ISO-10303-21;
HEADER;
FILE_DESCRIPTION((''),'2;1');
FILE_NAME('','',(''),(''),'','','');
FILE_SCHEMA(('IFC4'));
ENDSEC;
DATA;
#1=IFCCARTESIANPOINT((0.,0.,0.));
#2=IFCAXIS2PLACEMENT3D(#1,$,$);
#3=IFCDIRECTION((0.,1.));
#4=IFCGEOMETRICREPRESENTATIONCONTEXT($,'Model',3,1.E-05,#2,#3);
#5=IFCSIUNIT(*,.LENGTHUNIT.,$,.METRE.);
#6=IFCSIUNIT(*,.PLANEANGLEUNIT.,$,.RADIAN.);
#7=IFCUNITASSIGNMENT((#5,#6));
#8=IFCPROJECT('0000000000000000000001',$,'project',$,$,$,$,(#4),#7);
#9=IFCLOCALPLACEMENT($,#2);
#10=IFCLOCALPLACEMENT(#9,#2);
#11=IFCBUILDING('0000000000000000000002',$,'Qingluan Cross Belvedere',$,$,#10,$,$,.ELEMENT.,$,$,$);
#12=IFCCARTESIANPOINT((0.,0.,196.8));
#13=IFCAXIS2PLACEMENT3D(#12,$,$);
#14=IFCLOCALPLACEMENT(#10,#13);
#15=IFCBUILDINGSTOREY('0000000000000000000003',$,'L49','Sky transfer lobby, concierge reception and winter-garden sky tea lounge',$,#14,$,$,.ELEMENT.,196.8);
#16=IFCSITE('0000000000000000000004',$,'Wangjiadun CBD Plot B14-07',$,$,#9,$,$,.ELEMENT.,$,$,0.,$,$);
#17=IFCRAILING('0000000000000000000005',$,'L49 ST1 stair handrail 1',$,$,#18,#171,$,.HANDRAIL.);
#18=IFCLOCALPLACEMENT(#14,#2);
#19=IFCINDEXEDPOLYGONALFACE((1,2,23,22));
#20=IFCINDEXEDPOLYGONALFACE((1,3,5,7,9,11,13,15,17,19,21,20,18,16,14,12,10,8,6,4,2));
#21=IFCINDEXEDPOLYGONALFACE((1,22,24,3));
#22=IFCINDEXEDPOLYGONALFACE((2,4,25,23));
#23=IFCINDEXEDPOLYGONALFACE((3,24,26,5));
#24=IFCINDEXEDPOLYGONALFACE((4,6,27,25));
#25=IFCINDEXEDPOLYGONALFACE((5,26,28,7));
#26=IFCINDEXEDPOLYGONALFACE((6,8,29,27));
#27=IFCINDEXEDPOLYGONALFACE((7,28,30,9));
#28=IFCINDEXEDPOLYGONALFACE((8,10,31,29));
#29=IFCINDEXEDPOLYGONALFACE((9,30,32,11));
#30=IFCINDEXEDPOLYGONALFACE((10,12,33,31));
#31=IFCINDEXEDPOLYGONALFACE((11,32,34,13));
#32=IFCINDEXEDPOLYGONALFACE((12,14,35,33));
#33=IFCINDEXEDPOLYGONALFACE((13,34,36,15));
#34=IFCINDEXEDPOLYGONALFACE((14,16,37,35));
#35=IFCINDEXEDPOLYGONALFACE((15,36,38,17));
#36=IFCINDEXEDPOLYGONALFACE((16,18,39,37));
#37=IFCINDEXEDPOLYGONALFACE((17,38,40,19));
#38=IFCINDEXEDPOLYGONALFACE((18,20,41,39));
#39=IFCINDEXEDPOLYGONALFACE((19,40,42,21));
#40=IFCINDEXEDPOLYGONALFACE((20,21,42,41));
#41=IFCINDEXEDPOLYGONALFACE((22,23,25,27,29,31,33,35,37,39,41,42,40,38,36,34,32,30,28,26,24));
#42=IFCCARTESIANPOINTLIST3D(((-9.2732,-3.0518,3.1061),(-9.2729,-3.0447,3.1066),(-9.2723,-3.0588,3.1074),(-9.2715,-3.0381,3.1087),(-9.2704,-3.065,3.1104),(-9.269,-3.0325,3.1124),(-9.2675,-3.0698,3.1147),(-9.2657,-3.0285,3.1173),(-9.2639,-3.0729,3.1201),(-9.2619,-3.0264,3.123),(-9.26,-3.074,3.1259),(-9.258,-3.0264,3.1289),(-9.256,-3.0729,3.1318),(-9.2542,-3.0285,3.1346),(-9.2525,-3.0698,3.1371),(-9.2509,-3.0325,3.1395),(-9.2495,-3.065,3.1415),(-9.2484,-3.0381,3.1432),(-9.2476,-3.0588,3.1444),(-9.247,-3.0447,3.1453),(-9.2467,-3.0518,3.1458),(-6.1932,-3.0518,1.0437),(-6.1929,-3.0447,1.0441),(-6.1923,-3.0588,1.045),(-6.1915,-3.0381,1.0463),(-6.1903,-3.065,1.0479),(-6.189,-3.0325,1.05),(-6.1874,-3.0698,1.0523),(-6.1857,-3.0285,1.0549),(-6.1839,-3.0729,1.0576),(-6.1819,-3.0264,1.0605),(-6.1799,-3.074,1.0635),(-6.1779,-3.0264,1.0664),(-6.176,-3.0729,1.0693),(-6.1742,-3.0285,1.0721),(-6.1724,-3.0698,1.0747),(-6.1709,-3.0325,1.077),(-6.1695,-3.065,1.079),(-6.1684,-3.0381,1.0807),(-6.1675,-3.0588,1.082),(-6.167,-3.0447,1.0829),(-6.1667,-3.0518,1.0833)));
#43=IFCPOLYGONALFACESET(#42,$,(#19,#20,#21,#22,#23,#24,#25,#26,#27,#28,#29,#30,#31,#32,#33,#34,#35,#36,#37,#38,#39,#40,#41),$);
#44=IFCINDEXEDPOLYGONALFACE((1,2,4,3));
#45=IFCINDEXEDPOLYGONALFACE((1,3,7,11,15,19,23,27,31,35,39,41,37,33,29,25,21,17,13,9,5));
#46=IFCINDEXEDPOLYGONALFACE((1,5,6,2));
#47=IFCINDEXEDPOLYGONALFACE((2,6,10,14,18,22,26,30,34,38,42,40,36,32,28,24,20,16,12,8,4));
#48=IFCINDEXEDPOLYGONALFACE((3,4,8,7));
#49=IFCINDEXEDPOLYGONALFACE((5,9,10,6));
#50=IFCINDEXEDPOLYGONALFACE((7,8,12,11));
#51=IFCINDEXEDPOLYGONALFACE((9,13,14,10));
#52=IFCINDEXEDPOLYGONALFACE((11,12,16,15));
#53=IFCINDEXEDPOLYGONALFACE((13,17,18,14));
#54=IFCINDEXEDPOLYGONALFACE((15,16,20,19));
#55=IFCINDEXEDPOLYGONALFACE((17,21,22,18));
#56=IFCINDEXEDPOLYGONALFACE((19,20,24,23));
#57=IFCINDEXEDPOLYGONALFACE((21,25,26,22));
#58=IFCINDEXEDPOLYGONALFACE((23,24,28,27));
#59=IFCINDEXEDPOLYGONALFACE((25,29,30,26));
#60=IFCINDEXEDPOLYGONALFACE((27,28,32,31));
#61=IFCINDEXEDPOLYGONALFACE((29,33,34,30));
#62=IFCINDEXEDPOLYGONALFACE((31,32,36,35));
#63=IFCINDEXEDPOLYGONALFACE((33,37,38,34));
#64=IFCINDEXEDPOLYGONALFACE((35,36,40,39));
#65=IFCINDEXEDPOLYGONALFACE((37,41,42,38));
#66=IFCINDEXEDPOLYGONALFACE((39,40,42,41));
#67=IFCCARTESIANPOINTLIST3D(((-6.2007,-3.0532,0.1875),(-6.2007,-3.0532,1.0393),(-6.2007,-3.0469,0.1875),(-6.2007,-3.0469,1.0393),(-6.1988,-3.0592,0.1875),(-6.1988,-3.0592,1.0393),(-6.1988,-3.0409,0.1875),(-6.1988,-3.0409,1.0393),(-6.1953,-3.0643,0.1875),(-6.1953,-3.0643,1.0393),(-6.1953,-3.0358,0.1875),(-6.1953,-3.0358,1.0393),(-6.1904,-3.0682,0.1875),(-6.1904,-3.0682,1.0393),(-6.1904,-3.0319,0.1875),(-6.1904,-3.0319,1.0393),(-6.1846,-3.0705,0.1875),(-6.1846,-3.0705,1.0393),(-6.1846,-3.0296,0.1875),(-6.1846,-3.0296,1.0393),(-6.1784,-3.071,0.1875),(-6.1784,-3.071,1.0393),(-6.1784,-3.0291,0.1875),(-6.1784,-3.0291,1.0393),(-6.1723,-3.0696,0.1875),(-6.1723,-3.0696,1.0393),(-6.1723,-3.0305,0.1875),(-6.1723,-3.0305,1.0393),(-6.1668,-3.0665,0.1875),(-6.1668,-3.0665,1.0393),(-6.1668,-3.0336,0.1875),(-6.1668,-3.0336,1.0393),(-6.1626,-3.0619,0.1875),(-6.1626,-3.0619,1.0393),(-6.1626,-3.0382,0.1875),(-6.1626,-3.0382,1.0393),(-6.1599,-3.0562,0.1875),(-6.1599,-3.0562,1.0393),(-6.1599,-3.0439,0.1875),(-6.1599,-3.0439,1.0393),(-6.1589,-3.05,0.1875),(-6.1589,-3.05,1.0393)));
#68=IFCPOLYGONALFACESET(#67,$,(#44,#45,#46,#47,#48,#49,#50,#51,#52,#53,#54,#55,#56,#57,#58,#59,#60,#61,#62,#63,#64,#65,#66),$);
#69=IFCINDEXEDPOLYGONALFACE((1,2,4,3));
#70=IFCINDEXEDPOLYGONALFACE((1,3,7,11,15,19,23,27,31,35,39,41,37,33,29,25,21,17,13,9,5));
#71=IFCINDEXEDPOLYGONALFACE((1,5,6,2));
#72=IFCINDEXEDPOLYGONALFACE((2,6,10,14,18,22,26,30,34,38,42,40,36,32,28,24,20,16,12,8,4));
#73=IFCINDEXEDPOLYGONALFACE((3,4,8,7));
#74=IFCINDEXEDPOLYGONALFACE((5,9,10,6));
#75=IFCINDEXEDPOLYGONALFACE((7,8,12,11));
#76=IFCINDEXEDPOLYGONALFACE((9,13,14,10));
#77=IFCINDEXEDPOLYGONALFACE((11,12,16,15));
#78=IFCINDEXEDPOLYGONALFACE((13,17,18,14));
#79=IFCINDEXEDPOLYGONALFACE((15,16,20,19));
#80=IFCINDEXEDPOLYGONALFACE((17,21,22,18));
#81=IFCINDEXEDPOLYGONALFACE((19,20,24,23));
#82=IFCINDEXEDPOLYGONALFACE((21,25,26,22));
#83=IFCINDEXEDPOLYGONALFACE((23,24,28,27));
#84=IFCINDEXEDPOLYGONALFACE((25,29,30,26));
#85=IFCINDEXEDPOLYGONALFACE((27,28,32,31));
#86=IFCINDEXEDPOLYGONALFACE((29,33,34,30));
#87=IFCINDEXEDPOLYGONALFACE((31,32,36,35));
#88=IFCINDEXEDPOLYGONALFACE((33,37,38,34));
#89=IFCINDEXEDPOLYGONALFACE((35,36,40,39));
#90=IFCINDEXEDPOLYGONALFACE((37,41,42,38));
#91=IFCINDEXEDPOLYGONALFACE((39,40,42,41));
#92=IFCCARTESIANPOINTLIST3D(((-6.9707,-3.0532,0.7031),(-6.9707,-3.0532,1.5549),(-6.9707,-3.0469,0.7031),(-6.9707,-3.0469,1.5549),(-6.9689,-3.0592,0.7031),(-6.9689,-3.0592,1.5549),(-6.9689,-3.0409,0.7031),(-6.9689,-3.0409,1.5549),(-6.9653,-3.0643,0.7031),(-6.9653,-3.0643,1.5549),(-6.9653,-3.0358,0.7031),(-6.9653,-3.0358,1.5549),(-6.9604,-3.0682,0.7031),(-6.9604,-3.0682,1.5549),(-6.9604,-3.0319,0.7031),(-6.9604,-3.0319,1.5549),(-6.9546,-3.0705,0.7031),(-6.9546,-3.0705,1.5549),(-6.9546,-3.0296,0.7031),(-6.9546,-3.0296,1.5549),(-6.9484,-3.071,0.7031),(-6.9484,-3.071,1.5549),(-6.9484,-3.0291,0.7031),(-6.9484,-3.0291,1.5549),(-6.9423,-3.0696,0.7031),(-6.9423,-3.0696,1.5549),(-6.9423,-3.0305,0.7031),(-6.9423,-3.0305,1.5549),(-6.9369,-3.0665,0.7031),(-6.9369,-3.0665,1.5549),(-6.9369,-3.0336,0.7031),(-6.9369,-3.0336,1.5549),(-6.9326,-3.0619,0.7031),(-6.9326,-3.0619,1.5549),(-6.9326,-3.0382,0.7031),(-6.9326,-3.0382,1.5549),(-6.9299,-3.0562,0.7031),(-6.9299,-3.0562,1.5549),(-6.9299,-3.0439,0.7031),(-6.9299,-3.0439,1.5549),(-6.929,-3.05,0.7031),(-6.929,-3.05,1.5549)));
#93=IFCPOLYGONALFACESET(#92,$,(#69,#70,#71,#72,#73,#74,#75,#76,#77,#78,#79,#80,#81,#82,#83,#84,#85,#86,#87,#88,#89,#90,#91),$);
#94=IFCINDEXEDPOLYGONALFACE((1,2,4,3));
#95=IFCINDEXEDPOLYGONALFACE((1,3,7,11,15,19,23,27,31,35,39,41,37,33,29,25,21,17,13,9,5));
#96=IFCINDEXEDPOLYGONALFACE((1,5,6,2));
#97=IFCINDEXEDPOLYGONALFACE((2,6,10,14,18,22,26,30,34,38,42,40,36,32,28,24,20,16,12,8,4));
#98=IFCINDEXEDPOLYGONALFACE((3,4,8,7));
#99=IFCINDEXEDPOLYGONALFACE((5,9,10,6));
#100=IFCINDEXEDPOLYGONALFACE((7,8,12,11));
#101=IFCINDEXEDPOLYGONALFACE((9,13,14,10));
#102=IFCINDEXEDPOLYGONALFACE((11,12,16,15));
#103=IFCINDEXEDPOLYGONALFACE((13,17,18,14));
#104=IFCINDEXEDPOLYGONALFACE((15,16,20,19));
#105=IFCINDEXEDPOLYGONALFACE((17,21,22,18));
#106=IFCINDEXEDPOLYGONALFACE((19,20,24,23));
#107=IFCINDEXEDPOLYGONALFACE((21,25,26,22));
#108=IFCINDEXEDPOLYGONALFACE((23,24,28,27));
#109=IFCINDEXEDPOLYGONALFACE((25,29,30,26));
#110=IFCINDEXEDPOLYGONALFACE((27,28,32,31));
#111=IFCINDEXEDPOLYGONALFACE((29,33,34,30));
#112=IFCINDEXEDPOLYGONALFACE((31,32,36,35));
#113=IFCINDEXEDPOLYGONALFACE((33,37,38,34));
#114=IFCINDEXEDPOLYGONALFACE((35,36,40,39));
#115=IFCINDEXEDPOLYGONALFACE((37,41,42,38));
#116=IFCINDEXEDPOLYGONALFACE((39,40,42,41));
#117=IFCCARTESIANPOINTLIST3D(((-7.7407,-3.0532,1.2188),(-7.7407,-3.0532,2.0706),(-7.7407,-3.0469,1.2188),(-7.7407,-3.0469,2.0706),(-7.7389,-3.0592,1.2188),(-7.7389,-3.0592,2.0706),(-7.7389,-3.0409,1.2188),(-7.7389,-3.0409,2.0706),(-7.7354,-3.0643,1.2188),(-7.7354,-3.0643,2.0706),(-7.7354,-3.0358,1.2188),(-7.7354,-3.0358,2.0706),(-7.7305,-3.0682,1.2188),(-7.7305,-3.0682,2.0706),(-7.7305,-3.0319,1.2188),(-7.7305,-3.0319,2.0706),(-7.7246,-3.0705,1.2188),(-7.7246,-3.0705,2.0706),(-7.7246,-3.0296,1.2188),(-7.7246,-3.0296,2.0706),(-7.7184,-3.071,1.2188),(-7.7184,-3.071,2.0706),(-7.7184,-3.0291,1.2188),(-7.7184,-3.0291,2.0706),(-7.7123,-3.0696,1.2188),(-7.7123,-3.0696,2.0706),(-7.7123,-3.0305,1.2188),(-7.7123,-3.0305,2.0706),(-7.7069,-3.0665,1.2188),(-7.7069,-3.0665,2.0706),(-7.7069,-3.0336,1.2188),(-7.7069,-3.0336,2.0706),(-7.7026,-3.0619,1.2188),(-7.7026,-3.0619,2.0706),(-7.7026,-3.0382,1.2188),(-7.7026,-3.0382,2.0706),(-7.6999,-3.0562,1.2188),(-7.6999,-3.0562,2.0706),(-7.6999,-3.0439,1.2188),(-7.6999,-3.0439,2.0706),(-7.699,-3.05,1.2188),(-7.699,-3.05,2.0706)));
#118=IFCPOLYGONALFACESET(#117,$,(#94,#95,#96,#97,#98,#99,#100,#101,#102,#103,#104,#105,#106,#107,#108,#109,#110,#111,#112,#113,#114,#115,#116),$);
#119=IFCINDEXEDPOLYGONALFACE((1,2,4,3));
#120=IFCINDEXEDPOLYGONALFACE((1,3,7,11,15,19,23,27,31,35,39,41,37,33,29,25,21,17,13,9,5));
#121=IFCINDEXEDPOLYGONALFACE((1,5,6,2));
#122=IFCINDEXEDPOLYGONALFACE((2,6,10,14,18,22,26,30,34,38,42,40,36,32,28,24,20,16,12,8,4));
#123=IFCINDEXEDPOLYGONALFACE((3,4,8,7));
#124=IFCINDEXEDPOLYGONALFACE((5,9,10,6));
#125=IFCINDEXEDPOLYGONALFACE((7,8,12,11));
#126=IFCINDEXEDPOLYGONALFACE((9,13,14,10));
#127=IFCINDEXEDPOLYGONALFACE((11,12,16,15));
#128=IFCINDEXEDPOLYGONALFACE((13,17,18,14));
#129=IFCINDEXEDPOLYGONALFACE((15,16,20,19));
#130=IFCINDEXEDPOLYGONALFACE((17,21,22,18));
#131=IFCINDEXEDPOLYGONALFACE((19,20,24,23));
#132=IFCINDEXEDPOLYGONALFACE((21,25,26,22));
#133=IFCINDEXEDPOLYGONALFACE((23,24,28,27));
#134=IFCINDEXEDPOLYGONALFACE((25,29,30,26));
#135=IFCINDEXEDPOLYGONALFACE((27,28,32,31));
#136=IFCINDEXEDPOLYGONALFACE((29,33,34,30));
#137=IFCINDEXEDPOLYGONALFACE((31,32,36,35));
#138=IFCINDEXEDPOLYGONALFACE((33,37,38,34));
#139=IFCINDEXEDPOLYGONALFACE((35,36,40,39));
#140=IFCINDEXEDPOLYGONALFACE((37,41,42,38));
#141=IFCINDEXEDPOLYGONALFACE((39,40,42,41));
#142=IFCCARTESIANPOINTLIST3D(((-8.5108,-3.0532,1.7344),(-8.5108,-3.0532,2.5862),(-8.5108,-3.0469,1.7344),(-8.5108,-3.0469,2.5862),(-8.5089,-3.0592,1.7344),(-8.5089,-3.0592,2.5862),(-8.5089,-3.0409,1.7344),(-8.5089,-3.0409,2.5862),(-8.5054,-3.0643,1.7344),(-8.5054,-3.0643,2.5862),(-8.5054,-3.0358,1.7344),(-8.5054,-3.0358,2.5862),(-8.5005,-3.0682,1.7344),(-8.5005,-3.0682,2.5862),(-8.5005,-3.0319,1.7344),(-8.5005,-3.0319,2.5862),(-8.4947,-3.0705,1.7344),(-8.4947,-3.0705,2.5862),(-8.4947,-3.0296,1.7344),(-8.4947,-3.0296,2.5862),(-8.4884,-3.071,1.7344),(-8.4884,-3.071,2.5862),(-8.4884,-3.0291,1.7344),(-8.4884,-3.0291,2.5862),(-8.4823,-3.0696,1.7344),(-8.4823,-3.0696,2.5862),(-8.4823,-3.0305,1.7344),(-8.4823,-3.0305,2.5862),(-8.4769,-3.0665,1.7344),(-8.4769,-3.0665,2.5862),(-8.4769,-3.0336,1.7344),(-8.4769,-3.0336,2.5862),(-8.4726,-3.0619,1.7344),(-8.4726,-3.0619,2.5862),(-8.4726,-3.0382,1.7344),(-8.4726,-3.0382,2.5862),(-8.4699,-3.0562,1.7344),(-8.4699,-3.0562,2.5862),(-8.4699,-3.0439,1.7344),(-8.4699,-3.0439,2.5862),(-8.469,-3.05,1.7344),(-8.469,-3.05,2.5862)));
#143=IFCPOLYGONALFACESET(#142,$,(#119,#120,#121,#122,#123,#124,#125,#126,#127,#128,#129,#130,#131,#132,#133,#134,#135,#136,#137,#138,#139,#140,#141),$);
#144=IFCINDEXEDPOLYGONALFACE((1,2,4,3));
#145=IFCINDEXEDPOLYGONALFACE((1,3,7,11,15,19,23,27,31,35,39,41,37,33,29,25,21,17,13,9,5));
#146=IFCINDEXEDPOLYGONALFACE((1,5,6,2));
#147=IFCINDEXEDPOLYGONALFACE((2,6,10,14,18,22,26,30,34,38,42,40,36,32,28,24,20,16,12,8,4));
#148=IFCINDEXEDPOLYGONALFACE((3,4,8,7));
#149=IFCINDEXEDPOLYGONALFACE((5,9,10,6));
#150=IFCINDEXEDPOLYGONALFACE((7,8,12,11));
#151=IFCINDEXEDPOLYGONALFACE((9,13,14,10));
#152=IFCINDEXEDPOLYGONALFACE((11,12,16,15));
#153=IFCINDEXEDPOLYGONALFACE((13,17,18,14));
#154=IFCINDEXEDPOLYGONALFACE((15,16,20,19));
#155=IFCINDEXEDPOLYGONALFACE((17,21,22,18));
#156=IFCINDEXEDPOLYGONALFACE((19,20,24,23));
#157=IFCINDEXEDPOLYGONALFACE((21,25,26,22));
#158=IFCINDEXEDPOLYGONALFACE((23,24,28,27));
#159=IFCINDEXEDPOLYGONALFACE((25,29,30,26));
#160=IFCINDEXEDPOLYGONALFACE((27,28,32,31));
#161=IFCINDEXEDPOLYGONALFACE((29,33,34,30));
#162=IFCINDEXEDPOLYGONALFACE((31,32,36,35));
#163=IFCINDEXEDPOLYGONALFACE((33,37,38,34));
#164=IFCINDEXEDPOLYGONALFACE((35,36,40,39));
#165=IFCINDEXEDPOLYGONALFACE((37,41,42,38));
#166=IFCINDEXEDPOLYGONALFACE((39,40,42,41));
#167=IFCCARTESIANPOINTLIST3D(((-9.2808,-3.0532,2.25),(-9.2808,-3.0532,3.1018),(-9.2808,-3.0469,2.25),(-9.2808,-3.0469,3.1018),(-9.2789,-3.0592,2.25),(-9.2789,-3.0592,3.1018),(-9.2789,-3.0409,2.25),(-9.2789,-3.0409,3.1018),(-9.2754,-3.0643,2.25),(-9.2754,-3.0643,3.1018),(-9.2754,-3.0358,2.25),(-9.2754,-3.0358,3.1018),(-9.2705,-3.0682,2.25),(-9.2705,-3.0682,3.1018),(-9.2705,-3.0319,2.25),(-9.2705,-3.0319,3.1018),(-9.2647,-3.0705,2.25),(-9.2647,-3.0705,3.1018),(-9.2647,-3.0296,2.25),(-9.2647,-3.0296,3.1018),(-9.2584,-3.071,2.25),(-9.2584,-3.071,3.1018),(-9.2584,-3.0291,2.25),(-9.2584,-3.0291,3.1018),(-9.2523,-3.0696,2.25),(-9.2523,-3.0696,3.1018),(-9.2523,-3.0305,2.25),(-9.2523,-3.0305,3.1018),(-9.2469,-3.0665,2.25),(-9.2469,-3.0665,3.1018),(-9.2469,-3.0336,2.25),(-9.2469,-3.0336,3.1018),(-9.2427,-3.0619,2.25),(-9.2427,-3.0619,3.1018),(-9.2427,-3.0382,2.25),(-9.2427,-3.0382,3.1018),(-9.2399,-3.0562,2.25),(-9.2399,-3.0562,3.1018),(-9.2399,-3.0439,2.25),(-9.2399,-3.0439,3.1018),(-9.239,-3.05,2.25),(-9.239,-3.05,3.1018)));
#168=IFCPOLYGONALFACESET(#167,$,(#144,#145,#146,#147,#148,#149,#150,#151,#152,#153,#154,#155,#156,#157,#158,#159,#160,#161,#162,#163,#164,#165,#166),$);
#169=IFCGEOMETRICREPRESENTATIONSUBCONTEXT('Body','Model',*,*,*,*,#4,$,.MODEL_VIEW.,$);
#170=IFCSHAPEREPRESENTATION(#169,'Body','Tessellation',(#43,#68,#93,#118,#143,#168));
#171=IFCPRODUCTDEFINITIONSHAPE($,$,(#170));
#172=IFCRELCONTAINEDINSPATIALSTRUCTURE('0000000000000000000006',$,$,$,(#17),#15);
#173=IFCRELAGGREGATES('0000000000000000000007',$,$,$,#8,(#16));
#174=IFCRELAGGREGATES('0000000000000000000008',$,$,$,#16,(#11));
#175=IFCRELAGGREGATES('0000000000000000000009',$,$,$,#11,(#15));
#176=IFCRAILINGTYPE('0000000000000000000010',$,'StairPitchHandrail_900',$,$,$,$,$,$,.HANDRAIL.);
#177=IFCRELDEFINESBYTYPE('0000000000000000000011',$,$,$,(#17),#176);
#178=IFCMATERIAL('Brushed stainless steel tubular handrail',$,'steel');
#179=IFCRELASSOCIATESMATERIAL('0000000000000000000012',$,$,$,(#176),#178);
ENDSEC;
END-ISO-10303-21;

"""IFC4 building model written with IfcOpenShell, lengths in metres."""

from ifc_helpers import new_model, si_unit, direction, frame, origin, origin_2d, place, context, subcontext, project, spatial, circle, extrude, material, type_object, element, save


model = new_model("IFC4")

# Units and contexts
model_context = context("Model", 3, precision=1e-05, world=origin(), true_north=direction((0.0, 1.0)))
body_context = subcontext(model_context, "Body", "Model", "MODEL_VIEW")
ifc_project = project(units=[si_unit("LENGTHUNIT", "METRE"), si_unit("PLANEANGLEUNIT", "RADIAN")], contexts=[model_context])

# Site, building, storey
site_placement = place(None, origin())
site = spatial("IfcSite", under=ifc_project, at=site_placement, Name="Wangjiadun CBD Plot B14-07", CompositionType="ELEMENT", RefElevation=0.0)
building_placement = place(site_placement, origin())
building = spatial("IfcBuilding", under=site, at=building_placement, Name="Qingluan Cross Belvedere", CompositionType="ELEMENT")
storey_placement = place(building_placement, frame((0.0, 0.0, 196.8)))
storey = spatial("IfcBuildingStorey", under=building, at=storey_placement, Name="L49", Description="Sky transfer lobby, concierge reception and winter-garden sky tea lounge", CompositionType="ELEMENT", Elevation=196.8)

# Railing
ifc_material_1 = material(Name="Brushed stainless steel tubular handrail", Category="steel")
railing_type_1 = type_object("IfcRailingType", Name="StairPitchHandrail_900", PredefinedType="HANDRAIL", material=ifc_material_1)
railing_1_placement = place(storey_placement, frame((-6.1799, -3.05, 0.1875)))
element("IfcRailing", 1, at=railing_1_placement, inside=storey, type_object=railing_type_1, Name="L49 ST1 stair handrail 1", PredefinedType="HANDRAIL", context=body_context, shape_type="SweptSolid", body=[
    extrude(circle(Radius=0.0239, at=origin_2d()), frame((0.0, 0.0, 0.876), z_axis=(-0.830914, 0.0, 0.556401), x_axis=(0.0, -1.0, 0.0)), (0.0, 0.0, 1.0), 3.7068),
    extrude(circle(Radius=0.021, at=origin_2d()), origin(), (0.0, 0.0, 1.0), 0.8518),
    extrude(circle(Radius=0.021, at=origin_2d()), frame((-0.77, 0.0, 0.5156)), (0.0, 0.0, 1.0), 0.8518),
    extrude(circle(Radius=0.021, at=origin_2d()), frame((-1.54, 0.0, 1.0312)), (0.0, 0.0, 1.0), 0.8518),
    extrude(circle(Radius=0.021, at=origin_2d()), frame((-2.3101, 0.0, 1.5469)), (0.0, 0.0, 1.0), 0.8518),
    extrude(circle(Radius=0.021, at=origin_2d()), frame((-3.0801, 0.0, 2.0625)), (0.0, 0.0, 1.0), 0.8518),
])

save(model, "model.ifc")
